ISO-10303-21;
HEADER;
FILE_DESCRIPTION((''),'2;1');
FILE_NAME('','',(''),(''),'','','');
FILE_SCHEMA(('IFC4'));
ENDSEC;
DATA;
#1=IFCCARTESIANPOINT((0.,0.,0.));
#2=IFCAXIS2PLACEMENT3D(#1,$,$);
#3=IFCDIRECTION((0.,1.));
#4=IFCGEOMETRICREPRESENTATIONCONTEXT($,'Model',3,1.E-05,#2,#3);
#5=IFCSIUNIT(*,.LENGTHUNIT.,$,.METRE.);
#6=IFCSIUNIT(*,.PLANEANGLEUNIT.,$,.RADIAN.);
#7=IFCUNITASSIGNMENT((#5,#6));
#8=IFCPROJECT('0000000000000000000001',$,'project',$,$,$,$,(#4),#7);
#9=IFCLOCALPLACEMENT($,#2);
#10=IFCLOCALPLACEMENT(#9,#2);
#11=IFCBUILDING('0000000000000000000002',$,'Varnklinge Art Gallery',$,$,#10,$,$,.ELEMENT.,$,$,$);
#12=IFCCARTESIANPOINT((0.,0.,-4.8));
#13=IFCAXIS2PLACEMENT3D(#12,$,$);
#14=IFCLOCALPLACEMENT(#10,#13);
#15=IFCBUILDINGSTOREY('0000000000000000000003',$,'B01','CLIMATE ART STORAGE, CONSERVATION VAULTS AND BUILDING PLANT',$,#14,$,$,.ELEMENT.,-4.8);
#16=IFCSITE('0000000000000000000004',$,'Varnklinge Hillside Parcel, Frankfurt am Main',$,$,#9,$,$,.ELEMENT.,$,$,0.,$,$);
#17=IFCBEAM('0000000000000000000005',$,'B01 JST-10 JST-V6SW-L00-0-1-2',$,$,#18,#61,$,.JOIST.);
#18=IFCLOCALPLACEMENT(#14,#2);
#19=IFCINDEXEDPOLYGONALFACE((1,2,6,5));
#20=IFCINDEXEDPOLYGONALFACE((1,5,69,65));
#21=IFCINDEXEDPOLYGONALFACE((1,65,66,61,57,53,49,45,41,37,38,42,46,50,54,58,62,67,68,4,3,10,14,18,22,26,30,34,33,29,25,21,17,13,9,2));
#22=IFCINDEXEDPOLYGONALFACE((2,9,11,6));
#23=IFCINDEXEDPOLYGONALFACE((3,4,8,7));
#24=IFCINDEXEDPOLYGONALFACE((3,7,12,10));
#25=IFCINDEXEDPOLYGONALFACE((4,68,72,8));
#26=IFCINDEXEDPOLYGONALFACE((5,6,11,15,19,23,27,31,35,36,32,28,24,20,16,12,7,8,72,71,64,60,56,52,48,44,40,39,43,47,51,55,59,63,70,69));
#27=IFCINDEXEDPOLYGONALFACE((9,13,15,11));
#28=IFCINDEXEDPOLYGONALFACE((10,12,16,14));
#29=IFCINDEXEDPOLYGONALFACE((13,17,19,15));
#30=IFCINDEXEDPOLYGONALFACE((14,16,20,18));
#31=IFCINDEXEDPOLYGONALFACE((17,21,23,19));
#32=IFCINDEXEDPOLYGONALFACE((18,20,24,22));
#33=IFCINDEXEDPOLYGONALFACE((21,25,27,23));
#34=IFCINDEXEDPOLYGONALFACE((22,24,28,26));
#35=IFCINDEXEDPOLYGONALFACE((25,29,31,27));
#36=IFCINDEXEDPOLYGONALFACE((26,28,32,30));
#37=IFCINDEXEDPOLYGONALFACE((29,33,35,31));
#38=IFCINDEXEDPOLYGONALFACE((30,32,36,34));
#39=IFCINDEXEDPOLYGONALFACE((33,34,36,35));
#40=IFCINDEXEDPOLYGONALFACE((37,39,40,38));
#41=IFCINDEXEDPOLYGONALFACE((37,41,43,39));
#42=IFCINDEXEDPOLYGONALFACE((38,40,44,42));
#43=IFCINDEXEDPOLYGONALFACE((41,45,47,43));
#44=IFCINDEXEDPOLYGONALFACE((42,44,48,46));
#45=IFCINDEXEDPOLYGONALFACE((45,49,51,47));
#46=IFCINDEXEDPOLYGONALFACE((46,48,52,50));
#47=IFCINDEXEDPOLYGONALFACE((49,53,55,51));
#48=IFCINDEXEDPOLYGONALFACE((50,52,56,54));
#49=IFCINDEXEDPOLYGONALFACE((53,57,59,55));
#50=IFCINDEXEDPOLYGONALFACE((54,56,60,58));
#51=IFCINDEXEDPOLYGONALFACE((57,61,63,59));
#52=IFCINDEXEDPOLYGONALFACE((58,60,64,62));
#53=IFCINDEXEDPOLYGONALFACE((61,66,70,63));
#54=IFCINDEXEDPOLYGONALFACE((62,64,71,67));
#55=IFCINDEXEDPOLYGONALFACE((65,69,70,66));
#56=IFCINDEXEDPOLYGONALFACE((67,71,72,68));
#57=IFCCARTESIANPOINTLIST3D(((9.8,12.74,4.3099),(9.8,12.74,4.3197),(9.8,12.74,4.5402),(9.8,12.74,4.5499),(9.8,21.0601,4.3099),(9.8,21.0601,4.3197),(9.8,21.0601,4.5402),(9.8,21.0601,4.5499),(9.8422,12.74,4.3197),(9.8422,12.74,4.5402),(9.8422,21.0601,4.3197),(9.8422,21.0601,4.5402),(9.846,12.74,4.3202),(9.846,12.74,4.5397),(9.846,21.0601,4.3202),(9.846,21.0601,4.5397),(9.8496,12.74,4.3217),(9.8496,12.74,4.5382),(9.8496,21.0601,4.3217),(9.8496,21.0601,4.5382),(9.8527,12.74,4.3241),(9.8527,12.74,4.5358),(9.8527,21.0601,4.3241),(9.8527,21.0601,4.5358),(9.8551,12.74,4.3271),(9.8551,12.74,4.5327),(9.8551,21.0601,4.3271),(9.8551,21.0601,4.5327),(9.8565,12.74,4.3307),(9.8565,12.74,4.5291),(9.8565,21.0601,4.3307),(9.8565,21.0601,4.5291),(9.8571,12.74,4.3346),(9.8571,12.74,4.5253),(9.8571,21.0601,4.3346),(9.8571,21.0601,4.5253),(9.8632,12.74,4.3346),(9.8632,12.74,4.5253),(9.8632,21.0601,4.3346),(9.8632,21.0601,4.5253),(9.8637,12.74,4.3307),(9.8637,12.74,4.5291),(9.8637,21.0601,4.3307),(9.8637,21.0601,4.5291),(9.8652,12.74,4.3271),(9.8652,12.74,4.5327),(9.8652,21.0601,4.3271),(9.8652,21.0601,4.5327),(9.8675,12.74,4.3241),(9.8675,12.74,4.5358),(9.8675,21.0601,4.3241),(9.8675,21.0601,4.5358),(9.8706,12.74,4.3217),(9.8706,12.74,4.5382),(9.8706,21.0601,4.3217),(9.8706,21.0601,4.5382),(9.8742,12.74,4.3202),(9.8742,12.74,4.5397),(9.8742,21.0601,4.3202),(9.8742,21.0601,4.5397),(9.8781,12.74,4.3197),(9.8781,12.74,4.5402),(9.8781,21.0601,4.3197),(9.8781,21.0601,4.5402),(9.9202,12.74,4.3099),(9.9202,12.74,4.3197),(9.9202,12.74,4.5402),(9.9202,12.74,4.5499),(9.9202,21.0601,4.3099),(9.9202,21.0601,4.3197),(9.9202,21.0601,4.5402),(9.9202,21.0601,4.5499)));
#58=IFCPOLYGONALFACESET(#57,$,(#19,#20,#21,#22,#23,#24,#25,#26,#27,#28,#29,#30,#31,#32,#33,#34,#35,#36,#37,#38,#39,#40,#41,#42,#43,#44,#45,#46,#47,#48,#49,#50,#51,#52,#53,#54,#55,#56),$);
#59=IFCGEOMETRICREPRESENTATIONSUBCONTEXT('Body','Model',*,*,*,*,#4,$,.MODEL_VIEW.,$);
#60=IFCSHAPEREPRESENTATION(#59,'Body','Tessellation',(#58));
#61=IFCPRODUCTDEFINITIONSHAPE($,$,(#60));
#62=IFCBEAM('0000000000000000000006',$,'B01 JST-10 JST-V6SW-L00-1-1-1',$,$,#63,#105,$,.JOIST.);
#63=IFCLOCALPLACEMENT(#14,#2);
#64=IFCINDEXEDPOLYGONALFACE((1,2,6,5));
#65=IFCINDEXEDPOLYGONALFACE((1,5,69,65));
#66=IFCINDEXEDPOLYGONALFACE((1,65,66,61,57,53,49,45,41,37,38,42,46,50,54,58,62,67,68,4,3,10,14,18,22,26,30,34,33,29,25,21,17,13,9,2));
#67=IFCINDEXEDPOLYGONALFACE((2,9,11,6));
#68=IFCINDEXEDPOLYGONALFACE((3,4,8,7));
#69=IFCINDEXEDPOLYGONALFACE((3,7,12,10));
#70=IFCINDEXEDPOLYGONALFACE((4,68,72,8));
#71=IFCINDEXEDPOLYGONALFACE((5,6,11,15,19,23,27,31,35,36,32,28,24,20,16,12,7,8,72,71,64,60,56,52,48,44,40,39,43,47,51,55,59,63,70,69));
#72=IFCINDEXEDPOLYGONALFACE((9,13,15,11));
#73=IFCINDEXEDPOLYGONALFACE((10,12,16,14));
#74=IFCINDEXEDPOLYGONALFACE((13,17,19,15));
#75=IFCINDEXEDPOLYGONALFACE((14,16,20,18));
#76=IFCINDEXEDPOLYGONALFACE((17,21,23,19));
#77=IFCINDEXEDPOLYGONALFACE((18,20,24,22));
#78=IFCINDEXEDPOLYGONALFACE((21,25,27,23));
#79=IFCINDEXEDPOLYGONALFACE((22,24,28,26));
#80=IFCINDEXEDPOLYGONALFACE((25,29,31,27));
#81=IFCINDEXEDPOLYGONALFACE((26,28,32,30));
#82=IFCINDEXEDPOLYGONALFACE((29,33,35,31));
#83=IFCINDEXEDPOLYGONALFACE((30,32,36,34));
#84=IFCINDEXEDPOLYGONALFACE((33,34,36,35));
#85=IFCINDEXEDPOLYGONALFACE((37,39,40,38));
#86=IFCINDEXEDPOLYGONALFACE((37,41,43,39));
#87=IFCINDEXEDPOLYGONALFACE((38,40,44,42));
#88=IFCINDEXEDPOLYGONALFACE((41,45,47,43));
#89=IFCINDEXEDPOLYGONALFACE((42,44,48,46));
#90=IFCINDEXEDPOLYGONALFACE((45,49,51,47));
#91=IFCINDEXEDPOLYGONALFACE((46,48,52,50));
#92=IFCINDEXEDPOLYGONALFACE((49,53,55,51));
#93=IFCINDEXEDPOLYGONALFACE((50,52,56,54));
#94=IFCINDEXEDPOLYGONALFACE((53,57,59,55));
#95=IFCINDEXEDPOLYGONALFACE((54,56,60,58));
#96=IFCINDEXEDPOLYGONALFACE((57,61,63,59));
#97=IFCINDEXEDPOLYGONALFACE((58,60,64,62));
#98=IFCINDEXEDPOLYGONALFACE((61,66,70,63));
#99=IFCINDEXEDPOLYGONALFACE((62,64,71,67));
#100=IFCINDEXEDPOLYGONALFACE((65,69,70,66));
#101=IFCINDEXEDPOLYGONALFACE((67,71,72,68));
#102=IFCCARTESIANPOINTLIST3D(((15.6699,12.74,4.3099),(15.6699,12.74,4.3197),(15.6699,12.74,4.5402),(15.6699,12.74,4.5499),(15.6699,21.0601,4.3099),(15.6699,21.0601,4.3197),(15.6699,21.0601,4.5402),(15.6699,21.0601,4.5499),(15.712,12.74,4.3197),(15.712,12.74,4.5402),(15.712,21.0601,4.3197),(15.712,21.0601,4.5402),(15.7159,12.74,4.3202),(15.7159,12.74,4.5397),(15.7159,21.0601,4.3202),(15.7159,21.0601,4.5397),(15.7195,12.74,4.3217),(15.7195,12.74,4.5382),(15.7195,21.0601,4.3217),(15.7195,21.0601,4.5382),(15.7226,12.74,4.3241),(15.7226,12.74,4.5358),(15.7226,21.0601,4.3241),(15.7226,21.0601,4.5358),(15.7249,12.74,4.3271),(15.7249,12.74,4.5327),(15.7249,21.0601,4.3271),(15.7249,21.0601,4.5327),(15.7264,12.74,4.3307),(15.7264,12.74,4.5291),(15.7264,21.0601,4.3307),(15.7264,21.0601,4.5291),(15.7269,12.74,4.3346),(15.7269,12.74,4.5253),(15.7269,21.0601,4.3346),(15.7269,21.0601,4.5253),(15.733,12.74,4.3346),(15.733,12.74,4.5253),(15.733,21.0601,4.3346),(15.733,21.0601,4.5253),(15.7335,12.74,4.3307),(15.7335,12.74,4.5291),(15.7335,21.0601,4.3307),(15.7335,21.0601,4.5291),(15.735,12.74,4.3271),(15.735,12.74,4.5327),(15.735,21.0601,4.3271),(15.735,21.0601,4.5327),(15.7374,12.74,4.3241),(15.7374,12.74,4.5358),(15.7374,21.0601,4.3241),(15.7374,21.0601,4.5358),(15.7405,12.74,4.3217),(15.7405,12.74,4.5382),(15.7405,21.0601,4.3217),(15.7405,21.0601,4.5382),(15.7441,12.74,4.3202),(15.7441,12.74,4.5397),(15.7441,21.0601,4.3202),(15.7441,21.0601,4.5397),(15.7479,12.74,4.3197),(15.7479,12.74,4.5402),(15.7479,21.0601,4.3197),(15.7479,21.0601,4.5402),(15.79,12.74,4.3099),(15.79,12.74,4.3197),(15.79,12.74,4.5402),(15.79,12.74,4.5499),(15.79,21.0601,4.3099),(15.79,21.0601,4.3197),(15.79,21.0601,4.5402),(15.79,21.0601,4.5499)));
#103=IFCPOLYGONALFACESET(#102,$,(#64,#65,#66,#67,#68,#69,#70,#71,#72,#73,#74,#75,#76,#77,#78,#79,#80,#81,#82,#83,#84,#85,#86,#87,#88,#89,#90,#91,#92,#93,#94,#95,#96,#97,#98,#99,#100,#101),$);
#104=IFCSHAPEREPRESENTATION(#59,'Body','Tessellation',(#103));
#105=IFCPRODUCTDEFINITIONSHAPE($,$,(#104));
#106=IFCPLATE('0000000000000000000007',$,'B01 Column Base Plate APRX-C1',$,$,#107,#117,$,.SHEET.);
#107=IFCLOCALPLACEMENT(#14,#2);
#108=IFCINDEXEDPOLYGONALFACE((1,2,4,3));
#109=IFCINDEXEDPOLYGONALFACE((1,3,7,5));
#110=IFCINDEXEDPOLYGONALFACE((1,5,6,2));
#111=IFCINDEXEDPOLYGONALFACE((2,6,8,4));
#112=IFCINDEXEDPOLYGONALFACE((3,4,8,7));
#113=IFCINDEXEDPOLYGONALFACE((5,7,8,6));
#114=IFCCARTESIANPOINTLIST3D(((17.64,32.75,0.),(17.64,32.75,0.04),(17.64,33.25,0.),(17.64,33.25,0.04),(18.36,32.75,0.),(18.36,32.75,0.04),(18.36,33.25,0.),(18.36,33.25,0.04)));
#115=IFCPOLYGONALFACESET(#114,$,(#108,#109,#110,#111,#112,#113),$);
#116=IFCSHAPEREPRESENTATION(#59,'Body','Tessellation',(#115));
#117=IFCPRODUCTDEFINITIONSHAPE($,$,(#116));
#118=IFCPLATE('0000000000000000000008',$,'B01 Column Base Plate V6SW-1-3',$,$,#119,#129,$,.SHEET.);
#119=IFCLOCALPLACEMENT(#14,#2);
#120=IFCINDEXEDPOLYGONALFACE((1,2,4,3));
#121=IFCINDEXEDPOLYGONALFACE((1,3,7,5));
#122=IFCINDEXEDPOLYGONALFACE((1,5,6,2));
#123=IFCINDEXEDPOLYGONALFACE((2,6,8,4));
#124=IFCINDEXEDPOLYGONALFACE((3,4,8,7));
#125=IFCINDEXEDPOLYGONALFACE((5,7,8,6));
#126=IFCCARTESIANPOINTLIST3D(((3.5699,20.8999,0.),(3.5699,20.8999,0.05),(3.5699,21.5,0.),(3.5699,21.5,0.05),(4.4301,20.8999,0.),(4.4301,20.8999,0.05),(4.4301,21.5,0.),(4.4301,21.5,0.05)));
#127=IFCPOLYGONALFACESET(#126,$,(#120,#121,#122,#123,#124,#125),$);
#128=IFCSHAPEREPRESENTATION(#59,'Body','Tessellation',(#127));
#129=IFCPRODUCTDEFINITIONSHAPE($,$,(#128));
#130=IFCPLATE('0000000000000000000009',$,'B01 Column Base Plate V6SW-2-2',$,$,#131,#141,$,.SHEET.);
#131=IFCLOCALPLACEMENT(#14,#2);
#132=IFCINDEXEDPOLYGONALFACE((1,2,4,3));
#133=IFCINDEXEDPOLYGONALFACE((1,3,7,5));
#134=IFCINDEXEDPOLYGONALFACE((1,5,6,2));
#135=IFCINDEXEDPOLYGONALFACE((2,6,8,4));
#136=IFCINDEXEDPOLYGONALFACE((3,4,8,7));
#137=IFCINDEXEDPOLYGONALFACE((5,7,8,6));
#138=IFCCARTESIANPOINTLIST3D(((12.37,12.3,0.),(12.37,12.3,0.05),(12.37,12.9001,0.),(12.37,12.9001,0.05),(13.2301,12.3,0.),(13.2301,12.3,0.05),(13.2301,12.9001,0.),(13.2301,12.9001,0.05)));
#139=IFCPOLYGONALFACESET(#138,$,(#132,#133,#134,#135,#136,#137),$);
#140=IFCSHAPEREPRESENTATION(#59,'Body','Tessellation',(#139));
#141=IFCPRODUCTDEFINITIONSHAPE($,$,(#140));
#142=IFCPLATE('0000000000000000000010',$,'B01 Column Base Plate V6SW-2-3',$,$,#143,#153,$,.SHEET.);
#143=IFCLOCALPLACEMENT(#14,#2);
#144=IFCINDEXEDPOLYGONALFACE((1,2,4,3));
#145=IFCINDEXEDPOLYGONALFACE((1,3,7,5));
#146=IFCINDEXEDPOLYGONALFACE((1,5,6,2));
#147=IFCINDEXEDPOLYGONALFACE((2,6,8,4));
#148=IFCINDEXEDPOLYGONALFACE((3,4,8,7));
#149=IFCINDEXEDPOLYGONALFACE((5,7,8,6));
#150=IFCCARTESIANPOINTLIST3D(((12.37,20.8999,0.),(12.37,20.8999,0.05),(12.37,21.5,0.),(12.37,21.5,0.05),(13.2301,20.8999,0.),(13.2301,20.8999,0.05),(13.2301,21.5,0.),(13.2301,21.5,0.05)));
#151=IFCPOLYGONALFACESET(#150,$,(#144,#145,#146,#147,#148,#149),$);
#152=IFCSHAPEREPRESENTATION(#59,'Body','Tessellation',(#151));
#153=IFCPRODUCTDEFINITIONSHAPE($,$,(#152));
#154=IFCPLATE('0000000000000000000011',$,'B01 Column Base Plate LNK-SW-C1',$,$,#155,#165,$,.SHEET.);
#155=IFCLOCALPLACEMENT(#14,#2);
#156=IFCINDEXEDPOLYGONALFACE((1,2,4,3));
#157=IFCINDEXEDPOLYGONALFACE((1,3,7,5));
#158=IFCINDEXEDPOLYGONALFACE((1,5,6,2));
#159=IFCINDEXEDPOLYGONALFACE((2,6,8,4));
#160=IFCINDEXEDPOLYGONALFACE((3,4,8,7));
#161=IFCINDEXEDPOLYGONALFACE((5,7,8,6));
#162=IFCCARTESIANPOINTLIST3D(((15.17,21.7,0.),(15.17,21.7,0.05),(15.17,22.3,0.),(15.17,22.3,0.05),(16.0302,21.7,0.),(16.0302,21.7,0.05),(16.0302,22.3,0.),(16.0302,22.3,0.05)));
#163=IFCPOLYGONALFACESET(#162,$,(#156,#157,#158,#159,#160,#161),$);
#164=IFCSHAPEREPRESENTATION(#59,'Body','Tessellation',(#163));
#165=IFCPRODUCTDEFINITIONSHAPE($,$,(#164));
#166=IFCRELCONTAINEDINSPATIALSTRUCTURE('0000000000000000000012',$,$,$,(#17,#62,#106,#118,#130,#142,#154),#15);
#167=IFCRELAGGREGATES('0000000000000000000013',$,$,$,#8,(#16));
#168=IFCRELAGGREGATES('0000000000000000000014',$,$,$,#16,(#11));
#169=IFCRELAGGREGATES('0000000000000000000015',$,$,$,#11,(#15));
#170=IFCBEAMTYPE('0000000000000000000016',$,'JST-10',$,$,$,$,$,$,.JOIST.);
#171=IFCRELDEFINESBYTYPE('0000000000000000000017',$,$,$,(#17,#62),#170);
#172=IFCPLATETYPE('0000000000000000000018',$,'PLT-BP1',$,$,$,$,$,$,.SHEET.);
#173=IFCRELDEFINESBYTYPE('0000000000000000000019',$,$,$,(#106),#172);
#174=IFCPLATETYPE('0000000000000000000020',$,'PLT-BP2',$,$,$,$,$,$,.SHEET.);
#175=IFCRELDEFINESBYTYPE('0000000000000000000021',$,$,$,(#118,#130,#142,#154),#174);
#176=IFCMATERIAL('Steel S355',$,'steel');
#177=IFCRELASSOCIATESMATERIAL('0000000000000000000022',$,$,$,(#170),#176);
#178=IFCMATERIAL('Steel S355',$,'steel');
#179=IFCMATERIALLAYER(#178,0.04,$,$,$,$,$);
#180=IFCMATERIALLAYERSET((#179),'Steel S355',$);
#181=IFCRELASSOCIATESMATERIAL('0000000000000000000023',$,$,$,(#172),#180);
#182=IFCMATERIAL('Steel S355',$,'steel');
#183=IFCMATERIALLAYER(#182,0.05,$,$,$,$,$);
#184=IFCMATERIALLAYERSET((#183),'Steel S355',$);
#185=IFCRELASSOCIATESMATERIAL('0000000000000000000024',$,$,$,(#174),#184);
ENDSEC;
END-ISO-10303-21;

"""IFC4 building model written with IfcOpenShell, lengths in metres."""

from ifc_helpers import new_model, si_unit, direction, frame, origin, origin_2d, place, context, subcontext, project, spatial, rectangle, i_section, extrude, material, layer, layer_set, material_profile, profile_set, type_object, element, save


model = new_model("IFC4")

# Units and contexts
model_context = context("Model", 3, precision=1e-05, world=origin(), true_north=direction((0.0, 1.0)))
body_context = subcontext(model_context, "Body", "Model", "MODEL_VIEW")
ifc_project = project(units=[si_unit("LENGTHUNIT", "METRE"), si_unit("PLANEANGLEUNIT", "RADIAN")], contexts=[model_context])

# Site, building, storey
site_placement = place(None, origin())
site = spatial("IfcSite", under=ifc_project, at=site_placement, Name="Varnklinge Hillside Parcel, Frankfurt am Main", CompositionType="ELEMENT", RefElevation=0.0)
building_placement = place(site_placement, origin())
building = spatial("IfcBuilding", under=site, at=building_placement, Name="Varnklinge Art Gallery", CompositionType="ELEMENT")
storey_placement = place(building_placement, frame((0.0, 0.0, -4.8)))
storey = spatial("IfcBuildingStorey", under=building, at=storey_placement, Name="B01", Description="CLIMATE ART STORAGE, CONSERVATION VAULTS AND BUILDING PLANT", CompositionType="ELEMENT", Elevation=-4.8)

# Beams
ifc_material_1 = material(Name="Steel S355", Category="steel")
ifc_material_profile_1 = material_profile(ifc_material_1, i_section(OverallWidth=0.1201, OverallDepth=0.24, WebThickness=0.0061, FlangeThickness=0.0098, FilletRadius=0.0149, at=origin_2d()), Name="IPE 240")
ifc_profile_set_1 = profile_set([ifc_material_profile_1], Name="Steel S355")
beam_type_1 = type_object("IfcBeamType", Name="JST-10", PredefinedType="JOIST", material=ifc_profile_set_1)
for number, where, z_axis, x_axis, name in (
    (1, (9.8601, 12.74, 4.4299), (0.0, 1.0, 0.0), (-1.0, 0.0, 0.0), "B01 JST-10 JST-V6SW-L00-0-1-2"),
    (2, (15.73, 12.74, 4.4299), (0.0, 1.0, 0.0), (-1.0, 0.0, 0.0), "B01 JST-10 JST-V6SW-L00-1-1-1"),
):
    element("IfcBeam", number, at=place(storey_placement, frame(where, z_axis=z_axis, x_axis=x_axis)), inside=storey, type_object=beam_type_1, Name=name, PredefinedType="JOIST", context=body_context, shape_type="SweptSolid", body=[
        extrude(i_section(OverallWidth=0.1201, OverallDepth=0.24, WebThickness=0.0061, FlangeThickness=0.0098, FilletRadius=0.0149, at=origin_2d()), origin(), (0.0, 0.0, 1.0), 8.3201),
    ])

# Plates
ifc_material_2 = material(Name="Steel S355", Category="steel")
ifc_layer_1 = layer(ifc_material_2, 0.04)
ifc_layer_set_1 = layer_set([ifc_layer_1], Name="Steel S355")
plate_type_1 = type_object("IfcPlateType", Name="PLT-BP1", PredefinedType="SHEET", material=ifc_layer_set_1)
plate_placement = place(storey_placement, frame((18.0, 33.0, 0.0), z_axis=(0.0, 0.0, 1.0), x_axis=(1.0, 0.0, 0.0)))
element("IfcPlate", 3, at=plate_placement, inside=storey, type_object=plate_type_1, Name="B01 Column Base Plate APRX-C1", PredefinedType="SHEET", context=body_context, shape_type="SweptSolid", body=[
    extrude(rectangle(XDim=0.72, YDim=0.5, at=origin_2d()), origin(), (0.0, 0.0, 1.0), 0.04),
])
ifc_material_3 = material(Name="Steel S355", Category="steel")
ifc_layer_2 = layer(ifc_material_3, 0.05)
ifc_layer_set_2 = layer_set([ifc_layer_2], Name="Steel S355")
plate_type_2 = type_object("IfcPlateType", Name="PLT-BP2", PredefinedType="SHEET", material=ifc_layer_set_2)
for number, where, z_axis, x_axis, name in (
    (4, (4.0, 21.2, 0.0), (0.0, 0.0, 1.0), (1.0, 0.0, 0.0), "B01 Column Base Plate V6SW-1-3"),
    (5, (12.8, 12.6001, 0.0), (0.0, 0.0, 1.0), (1.0, 0.0, 0.0), "B01 Column Base Plate V6SW-2-2"),
    (6, (12.8, 21.2, 0.0), (0.0, 0.0, 1.0), (1.0, 0.0, 0.0), "B01 Column Base Plate V6SW-2-3"),
    (7, (15.6001, 22.0, 0.0), (0.0, 0.0, 1.0), (1.0, 0.0, 0.0), "B01 Column Base Plate LNK-SW-C1"),
):
    element("IfcPlate", number, at=place(storey_placement, frame(where, z_axis=z_axis, x_axis=x_axis)), inside=storey, type_object=plate_type_2, Name=name, PredefinedType="SHEET", context=body_context, shape_type="SweptSolid", body=[
        extrude(rectangle(XDim=0.8601, YDim=0.6001, at=origin_2d()), origin(), (0.0, 0.0, 1.0), 0.05),
    ])

save(model, "model.ifc")
